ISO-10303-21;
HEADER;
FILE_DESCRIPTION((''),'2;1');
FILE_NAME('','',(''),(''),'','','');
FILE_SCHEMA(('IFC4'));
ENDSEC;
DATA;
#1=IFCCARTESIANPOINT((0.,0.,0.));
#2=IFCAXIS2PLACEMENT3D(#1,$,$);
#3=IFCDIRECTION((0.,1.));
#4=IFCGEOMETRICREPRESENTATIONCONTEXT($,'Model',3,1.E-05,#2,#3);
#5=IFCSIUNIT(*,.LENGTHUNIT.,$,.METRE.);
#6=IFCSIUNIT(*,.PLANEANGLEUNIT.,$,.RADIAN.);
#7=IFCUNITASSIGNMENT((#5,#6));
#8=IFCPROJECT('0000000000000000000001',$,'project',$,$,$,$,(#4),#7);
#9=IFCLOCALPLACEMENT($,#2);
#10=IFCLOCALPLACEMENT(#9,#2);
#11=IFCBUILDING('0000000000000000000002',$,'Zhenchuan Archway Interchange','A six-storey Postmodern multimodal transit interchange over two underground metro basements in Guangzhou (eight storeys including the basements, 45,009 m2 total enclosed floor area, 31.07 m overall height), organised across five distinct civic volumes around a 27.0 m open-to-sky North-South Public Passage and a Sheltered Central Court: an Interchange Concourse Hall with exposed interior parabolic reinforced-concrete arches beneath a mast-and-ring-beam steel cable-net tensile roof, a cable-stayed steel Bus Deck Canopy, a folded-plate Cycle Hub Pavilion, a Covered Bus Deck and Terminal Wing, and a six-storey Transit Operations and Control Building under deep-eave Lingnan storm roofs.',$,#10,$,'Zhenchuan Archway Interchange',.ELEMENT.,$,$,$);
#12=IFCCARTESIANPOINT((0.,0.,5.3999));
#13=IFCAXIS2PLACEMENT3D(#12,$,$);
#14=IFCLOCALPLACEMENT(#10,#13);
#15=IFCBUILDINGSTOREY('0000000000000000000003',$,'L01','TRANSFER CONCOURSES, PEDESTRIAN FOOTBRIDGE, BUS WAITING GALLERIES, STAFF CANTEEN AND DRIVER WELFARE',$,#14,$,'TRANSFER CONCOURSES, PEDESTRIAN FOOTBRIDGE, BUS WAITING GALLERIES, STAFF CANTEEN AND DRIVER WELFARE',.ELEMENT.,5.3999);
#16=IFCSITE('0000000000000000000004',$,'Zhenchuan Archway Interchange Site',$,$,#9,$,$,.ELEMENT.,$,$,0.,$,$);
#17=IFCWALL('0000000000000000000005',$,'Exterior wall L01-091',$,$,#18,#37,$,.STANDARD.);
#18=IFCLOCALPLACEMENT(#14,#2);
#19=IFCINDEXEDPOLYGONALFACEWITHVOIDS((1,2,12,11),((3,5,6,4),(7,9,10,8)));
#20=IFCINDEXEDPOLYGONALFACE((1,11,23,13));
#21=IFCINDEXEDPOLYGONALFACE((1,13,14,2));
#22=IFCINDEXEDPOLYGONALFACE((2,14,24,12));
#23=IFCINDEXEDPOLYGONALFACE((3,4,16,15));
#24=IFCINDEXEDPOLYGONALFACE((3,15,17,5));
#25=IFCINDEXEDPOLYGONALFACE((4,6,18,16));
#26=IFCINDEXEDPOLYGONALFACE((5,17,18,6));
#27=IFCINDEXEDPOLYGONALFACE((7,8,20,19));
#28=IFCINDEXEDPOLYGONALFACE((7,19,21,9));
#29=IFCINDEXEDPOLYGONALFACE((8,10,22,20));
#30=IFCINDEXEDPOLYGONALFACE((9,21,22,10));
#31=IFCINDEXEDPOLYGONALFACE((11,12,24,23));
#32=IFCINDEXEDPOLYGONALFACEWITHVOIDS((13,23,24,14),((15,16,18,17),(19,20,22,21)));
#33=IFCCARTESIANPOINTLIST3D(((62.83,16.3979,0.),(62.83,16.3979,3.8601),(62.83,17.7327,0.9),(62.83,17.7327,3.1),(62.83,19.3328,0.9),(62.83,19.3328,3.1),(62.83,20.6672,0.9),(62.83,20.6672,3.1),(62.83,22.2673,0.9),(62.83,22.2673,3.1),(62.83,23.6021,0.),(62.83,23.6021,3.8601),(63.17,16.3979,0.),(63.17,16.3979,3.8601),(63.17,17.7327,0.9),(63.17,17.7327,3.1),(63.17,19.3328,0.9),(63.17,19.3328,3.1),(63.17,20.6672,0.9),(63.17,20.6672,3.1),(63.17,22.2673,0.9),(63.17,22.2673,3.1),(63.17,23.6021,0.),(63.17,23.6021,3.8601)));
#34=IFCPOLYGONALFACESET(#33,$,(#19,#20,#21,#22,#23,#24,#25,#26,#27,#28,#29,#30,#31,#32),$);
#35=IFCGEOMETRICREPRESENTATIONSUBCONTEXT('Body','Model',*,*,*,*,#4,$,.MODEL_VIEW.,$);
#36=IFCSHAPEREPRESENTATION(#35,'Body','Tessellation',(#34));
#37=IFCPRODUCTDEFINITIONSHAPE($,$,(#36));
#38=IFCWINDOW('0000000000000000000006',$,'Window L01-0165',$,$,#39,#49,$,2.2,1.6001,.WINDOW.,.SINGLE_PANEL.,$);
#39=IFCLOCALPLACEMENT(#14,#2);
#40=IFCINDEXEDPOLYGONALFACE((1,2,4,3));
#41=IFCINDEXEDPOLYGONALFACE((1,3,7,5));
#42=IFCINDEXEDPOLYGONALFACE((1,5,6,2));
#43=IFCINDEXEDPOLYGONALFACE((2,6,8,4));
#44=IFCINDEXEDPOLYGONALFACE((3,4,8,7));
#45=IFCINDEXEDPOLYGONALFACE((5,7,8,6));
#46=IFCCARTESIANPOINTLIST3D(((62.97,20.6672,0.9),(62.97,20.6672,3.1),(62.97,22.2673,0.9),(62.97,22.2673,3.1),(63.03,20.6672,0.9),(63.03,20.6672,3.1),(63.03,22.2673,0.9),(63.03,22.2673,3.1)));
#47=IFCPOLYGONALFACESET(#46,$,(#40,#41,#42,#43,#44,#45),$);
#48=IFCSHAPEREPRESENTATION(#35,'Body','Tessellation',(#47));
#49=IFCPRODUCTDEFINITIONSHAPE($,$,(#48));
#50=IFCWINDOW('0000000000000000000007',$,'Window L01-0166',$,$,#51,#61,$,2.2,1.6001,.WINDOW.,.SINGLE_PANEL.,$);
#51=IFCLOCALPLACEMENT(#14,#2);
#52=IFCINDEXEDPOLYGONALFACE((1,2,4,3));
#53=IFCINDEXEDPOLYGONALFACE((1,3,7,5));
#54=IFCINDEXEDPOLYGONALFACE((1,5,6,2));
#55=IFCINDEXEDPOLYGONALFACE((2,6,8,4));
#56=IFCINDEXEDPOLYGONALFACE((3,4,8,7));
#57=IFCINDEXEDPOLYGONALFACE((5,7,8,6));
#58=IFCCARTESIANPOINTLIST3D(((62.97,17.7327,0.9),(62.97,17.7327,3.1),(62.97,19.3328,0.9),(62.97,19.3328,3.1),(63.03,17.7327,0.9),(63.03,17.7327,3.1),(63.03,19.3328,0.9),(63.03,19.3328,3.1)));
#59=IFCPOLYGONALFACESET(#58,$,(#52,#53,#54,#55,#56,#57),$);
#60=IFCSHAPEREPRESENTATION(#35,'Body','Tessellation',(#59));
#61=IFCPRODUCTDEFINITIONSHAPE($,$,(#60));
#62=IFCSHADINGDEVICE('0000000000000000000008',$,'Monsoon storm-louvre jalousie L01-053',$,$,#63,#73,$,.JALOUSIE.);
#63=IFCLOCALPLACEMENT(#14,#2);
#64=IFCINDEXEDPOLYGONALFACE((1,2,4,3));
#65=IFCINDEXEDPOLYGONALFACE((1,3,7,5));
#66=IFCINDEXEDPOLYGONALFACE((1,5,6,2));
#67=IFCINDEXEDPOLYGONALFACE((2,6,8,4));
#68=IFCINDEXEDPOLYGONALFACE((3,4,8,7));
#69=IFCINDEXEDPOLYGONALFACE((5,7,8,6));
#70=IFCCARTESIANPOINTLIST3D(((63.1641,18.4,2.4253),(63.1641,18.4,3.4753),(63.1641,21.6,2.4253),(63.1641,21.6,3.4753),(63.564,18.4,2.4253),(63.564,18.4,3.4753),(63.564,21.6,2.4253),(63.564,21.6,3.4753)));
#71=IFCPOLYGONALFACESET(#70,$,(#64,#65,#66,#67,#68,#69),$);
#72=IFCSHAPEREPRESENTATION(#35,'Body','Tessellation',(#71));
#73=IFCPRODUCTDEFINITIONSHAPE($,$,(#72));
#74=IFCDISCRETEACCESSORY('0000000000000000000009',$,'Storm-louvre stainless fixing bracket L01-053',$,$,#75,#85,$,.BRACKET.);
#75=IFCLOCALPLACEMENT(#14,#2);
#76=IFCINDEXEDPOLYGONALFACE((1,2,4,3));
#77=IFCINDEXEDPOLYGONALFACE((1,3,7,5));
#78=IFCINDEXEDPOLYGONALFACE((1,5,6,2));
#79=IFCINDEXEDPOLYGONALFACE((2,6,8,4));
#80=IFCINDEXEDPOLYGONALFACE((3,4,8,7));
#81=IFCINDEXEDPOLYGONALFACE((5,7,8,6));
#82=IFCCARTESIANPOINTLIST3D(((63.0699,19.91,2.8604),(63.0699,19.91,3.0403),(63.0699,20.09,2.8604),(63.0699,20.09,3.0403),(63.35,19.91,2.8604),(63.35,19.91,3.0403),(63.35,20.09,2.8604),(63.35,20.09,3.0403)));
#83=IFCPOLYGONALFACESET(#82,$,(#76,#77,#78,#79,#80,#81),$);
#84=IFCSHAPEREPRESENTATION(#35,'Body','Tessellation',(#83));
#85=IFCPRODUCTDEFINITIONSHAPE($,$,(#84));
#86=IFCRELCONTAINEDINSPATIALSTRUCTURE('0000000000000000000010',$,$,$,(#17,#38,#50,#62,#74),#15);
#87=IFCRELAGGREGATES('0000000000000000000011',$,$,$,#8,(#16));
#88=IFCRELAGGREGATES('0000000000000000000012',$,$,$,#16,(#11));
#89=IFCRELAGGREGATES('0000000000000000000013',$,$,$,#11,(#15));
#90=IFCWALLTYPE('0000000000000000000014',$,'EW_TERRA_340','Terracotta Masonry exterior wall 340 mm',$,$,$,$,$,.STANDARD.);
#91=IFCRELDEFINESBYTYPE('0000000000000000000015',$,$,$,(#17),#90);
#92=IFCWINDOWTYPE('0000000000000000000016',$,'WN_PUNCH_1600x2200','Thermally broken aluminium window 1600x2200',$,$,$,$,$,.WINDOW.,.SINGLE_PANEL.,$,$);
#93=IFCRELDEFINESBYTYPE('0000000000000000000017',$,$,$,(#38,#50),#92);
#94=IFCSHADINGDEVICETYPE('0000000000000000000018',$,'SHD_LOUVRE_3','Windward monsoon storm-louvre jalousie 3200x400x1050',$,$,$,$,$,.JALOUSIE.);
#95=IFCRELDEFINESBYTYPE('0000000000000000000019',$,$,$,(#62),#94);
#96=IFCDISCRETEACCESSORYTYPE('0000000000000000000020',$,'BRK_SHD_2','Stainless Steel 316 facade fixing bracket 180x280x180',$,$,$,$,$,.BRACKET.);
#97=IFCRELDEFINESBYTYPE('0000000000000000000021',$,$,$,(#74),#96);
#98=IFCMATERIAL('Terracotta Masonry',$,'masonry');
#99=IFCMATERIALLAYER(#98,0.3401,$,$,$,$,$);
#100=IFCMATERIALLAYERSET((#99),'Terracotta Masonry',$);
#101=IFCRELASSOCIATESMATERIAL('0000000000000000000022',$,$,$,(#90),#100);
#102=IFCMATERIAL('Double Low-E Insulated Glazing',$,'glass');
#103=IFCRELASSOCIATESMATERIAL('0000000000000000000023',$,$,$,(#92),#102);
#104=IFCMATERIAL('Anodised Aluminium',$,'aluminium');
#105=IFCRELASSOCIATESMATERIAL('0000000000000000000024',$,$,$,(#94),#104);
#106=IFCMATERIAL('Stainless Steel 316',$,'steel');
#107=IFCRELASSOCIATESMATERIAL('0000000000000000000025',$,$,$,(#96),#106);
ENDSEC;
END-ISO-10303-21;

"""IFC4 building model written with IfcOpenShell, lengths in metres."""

from ifc_helpers import new_model, si_unit, direction, frame, frame_2d, origin, origin_2d, place, context, subcontext, project, spatial, rectangle, extrude, material, layer, layer_set, type_object, element, fill, save


model = new_model("IFC4")

# Units and contexts
model_context = context("Model", 3, precision=1e-05, world=origin(), true_north=direction((0.0, 1.0)))
body_context = subcontext(model_context, "Body", "Model", "MODEL_VIEW")
ifc_project = project(units=[si_unit("LENGTHUNIT", "METRE"), si_unit("PLANEANGLEUNIT", "RADIAN")], contexts=[model_context])

# Site, building, storey
site_placement = place(None, origin())
site = spatial("IfcSite", under=ifc_project, at=site_placement, Name="Zhenchuan Archway Interchange Site", CompositionType="ELEMENT", RefElevation=0.0)
building_placement = place(site_placement, origin())
building = spatial("IfcBuilding", under=site, at=building_placement, Name="Zhenchuan Archway Interchange", Description="A six-storey Postmodern multimodal transit interchange over two underground metro basements in Guangzhou (eight storeys including the basements, 45,009 m2 total enclosed floor area, 31.07 m overall height), organised across five distinct civic volumes around a 27.0 m open-to-sky North-South Public Passage and a Sheltered Central Court: an Interchange Concourse Hall with exposed interior parabolic reinforced-concrete arches beneath a mast-and-ring-beam steel cable-net tensile roof, a cable-stayed steel Bus Deck Canopy, a folded-plate Cycle Hub Pavilion, a Covered Bus Deck and Terminal Wing, and a six-storey Transit Operations and Control Building under deep-eave Lingnan storm roofs.", LongName="Zhenchuan Archway Interchange", CompositionType="ELEMENT")
storey_placement = place(building_placement, frame((0.0, 0.0, 5.3999)))
storey = spatial("IfcBuildingStorey", under=building, at=storey_placement, Name="L01", Description="TRANSFER CONCOURSES, PEDESTRIAN FOOTBRIDGE, BUS WAITING GALLERIES, STAFF CANTEEN AND DRIVER WELFARE", LongName="TRANSFER CONCOURSES, PEDESTRIAN FOOTBRIDGE, BUS WAITING GALLERIES, STAFF CANTEEN AND DRIVER WELFARE", CompositionType="ELEMENT", Elevation=5.3999)

# Shared definitions
ifc_material_1 = material(Name="Anodised Aluminium", Category="aluminium")

# Shared definitions
ifc_material_2 = material(Name="Double Low-E Insulated Glazing", Category="glass")

# Wall, openings, windows
ifc_material_3 = material(Name="Terracotta Masonry", Category="masonry")
ifc_layer_1 = layer(ifc_material_3, 0.3401)
ifc_layer_set_1 = layer_set([ifc_layer_1], Name="Terracotta Masonry")
wall_type = type_object("IfcWallType", Name="EW_TERRA_340", Description="Terracotta Masonry exterior wall 340 mm", PredefinedType="STANDARD", material=ifc_layer_set_1)
wall_placement = place(storey_placement, frame((63.0, 23.6021, 0.0), z_axis=(0.0, 0.0, 1.0), x_axis=(0.0, -1.0, 0.0)))
wall = element("IfcWall", 1, at=wall_placement, inside=storey, type_object=wall_type, Name="Exterior wall L01-091", PredefinedType="STANDARD", context=body_context, shape_type="SweptSolid", body=[
    extrude(rectangle(XDim=7.2041, YDim=0.3401, at=frame_2d((3.6021, 0.0))), origin(), (0.0, 0.0, 1.0), 3.8601),
])
opening_1_placement = place(wall_placement, frame((1.3347, 0.0, 0.8999)))
opening_1 = element("IfcOpeningElement", 2, at=opening_1_placement, cuts=wall, PredefinedType="OPENING", context=body_context, shape_type="SweptSolid", body=[
    extrude(rectangle(XDim=1.6001, YDim=2.2, at=frame_2d((0.8, 1.1001))), frame((0.0, 0.1821, 0.0), z_axis=(0.0, -1.0, 0.0), x_axis=(1.0, 0.0, 0.0)), (0.0, 0.0, 1.0), 0.364),
])
opening_2_placement = place(wall_placement, frame((4.2693, 0.0, 0.8999)))
opening_2 = element("IfcOpeningElement", 3, at=opening_2_placement, cuts=wall, PredefinedType="OPENING", context=body_context, shape_type="SweptSolid", body=[
    extrude(rectangle(XDim=1.6001, YDim=2.2, at=frame_2d((0.8, 1.1001))), frame((0.0, 0.1821, 0.0), z_axis=(0.0, -1.0, 0.0), x_axis=(1.0, 0.0, 0.0)), (0.0, 0.0, 1.0), 0.364),
])
window_type = type_object("IfcWindowType", Name="WN_PUNCH_1600x2200", Description="Thermally broken aluminium window 1600x2200", PartitioningType="SINGLE_PANEL", PredefinedType="WINDOW", material=ifc_material_2)
window_1_placement = place(opening_1_placement, origin())
window_1 = element("IfcWindow", 4, at=window_1_placement, inside=storey, type_object=window_type, Name="Window L01-0165", OverallHeight=2.2, OverallWidth=1.6001, PartitioningType="SINGLE_PANEL", PredefinedType="WINDOW", context=body_context, shape_type="SweptSolid", body=[
    extrude(rectangle(XDim=1.6001, YDim=2.2, at=frame_2d((0.8, 1.1001))), frame((0.0, 0.03, 0.0), z_axis=(0.0, -1.0, 0.0), x_axis=(1.0, 0.0, 0.0)), (0.0, 0.0, 1.0), 0.0601),
])
fill(opening_1, window_1)
window_2_placement = place(opening_2_placement, origin())
window_2 = element("IfcWindow", 5, at=window_2_placement, inside=storey, type_object=window_type, Name="Window L01-0166", OverallHeight=2.2, OverallWidth=1.6001, PartitioningType="SINGLE_PANEL", PredefinedType="WINDOW", context=body_context, shape_type="SweptSolid", body=[
    extrude(rectangle(XDim=1.6001, YDim=2.2, at=frame_2d((0.8, 1.1001))), frame((0.0, 0.03, 0.0), z_axis=(0.0, -1.0, 0.0), x_axis=(1.0, 0.0, 0.0)), (0.0, 0.0, 1.0), 0.0601),
])
fill(opening_2, window_2)

# Shading device
shading_device_type = type_object("IfcShadingDeviceType", Name="SHD_LOUVRE_3", Description="Windward monsoon storm-louvre jalousie 3200x400x1050", PredefinedType="JALOUSIE", material=ifc_material_1)
shading_device_placement = place(storey_placement, frame((63.364, 20.0, 2.4253), z_axis=(0.0, 0.0, 1.0), x_axis=(0.0, -1.0, 0.0)))
element("IfcShadingDevice", 6, at=shading_device_placement, inside=storey, type_object=shading_device_type, Name="Monsoon storm-louvre jalousie L01-053", PredefinedType="JALOUSIE", context=body_context, shape_type="SweptSolid", body=[
    extrude(rectangle(XDim=3.2, YDim=0.3999, at=origin_2d()), origin(), (0.0, 0.0, 1.0), 1.05),
])

# Discrete accessory
ifc_material_4 = material(Name="Stainless Steel 316", Category="steel")
discrete_accessory_type = type_object("IfcDiscreteAccessoryType", Name="BRK_SHD_2", Description="Stainless Steel 316 facade fixing bracket 180x280x180", PredefinedType="BRACKET", material=ifc_material_4)
discrete_accessory_placement = place(storey_placement, frame((63.21, 20.0, 2.8604), z_axis=(0.0, 0.0, 1.0), x_axis=(0.0, -1.0, 0.0)))
element("IfcDiscreteAccessory", 7, at=discrete_accessory_placement, inside=storey, type_object=discrete_accessory_type, Name="Storm-louvre stainless fixing bracket L01-053", PredefinedType="BRACKET", context=body_context, shape_type="SweptSolid", body=[
    extrude(rectangle(XDim=0.1799, YDim=0.28, at=origin_2d()), origin(), (0.0, 0.0, 1.0), 0.1799),
])

save(model, "model.ifc")
